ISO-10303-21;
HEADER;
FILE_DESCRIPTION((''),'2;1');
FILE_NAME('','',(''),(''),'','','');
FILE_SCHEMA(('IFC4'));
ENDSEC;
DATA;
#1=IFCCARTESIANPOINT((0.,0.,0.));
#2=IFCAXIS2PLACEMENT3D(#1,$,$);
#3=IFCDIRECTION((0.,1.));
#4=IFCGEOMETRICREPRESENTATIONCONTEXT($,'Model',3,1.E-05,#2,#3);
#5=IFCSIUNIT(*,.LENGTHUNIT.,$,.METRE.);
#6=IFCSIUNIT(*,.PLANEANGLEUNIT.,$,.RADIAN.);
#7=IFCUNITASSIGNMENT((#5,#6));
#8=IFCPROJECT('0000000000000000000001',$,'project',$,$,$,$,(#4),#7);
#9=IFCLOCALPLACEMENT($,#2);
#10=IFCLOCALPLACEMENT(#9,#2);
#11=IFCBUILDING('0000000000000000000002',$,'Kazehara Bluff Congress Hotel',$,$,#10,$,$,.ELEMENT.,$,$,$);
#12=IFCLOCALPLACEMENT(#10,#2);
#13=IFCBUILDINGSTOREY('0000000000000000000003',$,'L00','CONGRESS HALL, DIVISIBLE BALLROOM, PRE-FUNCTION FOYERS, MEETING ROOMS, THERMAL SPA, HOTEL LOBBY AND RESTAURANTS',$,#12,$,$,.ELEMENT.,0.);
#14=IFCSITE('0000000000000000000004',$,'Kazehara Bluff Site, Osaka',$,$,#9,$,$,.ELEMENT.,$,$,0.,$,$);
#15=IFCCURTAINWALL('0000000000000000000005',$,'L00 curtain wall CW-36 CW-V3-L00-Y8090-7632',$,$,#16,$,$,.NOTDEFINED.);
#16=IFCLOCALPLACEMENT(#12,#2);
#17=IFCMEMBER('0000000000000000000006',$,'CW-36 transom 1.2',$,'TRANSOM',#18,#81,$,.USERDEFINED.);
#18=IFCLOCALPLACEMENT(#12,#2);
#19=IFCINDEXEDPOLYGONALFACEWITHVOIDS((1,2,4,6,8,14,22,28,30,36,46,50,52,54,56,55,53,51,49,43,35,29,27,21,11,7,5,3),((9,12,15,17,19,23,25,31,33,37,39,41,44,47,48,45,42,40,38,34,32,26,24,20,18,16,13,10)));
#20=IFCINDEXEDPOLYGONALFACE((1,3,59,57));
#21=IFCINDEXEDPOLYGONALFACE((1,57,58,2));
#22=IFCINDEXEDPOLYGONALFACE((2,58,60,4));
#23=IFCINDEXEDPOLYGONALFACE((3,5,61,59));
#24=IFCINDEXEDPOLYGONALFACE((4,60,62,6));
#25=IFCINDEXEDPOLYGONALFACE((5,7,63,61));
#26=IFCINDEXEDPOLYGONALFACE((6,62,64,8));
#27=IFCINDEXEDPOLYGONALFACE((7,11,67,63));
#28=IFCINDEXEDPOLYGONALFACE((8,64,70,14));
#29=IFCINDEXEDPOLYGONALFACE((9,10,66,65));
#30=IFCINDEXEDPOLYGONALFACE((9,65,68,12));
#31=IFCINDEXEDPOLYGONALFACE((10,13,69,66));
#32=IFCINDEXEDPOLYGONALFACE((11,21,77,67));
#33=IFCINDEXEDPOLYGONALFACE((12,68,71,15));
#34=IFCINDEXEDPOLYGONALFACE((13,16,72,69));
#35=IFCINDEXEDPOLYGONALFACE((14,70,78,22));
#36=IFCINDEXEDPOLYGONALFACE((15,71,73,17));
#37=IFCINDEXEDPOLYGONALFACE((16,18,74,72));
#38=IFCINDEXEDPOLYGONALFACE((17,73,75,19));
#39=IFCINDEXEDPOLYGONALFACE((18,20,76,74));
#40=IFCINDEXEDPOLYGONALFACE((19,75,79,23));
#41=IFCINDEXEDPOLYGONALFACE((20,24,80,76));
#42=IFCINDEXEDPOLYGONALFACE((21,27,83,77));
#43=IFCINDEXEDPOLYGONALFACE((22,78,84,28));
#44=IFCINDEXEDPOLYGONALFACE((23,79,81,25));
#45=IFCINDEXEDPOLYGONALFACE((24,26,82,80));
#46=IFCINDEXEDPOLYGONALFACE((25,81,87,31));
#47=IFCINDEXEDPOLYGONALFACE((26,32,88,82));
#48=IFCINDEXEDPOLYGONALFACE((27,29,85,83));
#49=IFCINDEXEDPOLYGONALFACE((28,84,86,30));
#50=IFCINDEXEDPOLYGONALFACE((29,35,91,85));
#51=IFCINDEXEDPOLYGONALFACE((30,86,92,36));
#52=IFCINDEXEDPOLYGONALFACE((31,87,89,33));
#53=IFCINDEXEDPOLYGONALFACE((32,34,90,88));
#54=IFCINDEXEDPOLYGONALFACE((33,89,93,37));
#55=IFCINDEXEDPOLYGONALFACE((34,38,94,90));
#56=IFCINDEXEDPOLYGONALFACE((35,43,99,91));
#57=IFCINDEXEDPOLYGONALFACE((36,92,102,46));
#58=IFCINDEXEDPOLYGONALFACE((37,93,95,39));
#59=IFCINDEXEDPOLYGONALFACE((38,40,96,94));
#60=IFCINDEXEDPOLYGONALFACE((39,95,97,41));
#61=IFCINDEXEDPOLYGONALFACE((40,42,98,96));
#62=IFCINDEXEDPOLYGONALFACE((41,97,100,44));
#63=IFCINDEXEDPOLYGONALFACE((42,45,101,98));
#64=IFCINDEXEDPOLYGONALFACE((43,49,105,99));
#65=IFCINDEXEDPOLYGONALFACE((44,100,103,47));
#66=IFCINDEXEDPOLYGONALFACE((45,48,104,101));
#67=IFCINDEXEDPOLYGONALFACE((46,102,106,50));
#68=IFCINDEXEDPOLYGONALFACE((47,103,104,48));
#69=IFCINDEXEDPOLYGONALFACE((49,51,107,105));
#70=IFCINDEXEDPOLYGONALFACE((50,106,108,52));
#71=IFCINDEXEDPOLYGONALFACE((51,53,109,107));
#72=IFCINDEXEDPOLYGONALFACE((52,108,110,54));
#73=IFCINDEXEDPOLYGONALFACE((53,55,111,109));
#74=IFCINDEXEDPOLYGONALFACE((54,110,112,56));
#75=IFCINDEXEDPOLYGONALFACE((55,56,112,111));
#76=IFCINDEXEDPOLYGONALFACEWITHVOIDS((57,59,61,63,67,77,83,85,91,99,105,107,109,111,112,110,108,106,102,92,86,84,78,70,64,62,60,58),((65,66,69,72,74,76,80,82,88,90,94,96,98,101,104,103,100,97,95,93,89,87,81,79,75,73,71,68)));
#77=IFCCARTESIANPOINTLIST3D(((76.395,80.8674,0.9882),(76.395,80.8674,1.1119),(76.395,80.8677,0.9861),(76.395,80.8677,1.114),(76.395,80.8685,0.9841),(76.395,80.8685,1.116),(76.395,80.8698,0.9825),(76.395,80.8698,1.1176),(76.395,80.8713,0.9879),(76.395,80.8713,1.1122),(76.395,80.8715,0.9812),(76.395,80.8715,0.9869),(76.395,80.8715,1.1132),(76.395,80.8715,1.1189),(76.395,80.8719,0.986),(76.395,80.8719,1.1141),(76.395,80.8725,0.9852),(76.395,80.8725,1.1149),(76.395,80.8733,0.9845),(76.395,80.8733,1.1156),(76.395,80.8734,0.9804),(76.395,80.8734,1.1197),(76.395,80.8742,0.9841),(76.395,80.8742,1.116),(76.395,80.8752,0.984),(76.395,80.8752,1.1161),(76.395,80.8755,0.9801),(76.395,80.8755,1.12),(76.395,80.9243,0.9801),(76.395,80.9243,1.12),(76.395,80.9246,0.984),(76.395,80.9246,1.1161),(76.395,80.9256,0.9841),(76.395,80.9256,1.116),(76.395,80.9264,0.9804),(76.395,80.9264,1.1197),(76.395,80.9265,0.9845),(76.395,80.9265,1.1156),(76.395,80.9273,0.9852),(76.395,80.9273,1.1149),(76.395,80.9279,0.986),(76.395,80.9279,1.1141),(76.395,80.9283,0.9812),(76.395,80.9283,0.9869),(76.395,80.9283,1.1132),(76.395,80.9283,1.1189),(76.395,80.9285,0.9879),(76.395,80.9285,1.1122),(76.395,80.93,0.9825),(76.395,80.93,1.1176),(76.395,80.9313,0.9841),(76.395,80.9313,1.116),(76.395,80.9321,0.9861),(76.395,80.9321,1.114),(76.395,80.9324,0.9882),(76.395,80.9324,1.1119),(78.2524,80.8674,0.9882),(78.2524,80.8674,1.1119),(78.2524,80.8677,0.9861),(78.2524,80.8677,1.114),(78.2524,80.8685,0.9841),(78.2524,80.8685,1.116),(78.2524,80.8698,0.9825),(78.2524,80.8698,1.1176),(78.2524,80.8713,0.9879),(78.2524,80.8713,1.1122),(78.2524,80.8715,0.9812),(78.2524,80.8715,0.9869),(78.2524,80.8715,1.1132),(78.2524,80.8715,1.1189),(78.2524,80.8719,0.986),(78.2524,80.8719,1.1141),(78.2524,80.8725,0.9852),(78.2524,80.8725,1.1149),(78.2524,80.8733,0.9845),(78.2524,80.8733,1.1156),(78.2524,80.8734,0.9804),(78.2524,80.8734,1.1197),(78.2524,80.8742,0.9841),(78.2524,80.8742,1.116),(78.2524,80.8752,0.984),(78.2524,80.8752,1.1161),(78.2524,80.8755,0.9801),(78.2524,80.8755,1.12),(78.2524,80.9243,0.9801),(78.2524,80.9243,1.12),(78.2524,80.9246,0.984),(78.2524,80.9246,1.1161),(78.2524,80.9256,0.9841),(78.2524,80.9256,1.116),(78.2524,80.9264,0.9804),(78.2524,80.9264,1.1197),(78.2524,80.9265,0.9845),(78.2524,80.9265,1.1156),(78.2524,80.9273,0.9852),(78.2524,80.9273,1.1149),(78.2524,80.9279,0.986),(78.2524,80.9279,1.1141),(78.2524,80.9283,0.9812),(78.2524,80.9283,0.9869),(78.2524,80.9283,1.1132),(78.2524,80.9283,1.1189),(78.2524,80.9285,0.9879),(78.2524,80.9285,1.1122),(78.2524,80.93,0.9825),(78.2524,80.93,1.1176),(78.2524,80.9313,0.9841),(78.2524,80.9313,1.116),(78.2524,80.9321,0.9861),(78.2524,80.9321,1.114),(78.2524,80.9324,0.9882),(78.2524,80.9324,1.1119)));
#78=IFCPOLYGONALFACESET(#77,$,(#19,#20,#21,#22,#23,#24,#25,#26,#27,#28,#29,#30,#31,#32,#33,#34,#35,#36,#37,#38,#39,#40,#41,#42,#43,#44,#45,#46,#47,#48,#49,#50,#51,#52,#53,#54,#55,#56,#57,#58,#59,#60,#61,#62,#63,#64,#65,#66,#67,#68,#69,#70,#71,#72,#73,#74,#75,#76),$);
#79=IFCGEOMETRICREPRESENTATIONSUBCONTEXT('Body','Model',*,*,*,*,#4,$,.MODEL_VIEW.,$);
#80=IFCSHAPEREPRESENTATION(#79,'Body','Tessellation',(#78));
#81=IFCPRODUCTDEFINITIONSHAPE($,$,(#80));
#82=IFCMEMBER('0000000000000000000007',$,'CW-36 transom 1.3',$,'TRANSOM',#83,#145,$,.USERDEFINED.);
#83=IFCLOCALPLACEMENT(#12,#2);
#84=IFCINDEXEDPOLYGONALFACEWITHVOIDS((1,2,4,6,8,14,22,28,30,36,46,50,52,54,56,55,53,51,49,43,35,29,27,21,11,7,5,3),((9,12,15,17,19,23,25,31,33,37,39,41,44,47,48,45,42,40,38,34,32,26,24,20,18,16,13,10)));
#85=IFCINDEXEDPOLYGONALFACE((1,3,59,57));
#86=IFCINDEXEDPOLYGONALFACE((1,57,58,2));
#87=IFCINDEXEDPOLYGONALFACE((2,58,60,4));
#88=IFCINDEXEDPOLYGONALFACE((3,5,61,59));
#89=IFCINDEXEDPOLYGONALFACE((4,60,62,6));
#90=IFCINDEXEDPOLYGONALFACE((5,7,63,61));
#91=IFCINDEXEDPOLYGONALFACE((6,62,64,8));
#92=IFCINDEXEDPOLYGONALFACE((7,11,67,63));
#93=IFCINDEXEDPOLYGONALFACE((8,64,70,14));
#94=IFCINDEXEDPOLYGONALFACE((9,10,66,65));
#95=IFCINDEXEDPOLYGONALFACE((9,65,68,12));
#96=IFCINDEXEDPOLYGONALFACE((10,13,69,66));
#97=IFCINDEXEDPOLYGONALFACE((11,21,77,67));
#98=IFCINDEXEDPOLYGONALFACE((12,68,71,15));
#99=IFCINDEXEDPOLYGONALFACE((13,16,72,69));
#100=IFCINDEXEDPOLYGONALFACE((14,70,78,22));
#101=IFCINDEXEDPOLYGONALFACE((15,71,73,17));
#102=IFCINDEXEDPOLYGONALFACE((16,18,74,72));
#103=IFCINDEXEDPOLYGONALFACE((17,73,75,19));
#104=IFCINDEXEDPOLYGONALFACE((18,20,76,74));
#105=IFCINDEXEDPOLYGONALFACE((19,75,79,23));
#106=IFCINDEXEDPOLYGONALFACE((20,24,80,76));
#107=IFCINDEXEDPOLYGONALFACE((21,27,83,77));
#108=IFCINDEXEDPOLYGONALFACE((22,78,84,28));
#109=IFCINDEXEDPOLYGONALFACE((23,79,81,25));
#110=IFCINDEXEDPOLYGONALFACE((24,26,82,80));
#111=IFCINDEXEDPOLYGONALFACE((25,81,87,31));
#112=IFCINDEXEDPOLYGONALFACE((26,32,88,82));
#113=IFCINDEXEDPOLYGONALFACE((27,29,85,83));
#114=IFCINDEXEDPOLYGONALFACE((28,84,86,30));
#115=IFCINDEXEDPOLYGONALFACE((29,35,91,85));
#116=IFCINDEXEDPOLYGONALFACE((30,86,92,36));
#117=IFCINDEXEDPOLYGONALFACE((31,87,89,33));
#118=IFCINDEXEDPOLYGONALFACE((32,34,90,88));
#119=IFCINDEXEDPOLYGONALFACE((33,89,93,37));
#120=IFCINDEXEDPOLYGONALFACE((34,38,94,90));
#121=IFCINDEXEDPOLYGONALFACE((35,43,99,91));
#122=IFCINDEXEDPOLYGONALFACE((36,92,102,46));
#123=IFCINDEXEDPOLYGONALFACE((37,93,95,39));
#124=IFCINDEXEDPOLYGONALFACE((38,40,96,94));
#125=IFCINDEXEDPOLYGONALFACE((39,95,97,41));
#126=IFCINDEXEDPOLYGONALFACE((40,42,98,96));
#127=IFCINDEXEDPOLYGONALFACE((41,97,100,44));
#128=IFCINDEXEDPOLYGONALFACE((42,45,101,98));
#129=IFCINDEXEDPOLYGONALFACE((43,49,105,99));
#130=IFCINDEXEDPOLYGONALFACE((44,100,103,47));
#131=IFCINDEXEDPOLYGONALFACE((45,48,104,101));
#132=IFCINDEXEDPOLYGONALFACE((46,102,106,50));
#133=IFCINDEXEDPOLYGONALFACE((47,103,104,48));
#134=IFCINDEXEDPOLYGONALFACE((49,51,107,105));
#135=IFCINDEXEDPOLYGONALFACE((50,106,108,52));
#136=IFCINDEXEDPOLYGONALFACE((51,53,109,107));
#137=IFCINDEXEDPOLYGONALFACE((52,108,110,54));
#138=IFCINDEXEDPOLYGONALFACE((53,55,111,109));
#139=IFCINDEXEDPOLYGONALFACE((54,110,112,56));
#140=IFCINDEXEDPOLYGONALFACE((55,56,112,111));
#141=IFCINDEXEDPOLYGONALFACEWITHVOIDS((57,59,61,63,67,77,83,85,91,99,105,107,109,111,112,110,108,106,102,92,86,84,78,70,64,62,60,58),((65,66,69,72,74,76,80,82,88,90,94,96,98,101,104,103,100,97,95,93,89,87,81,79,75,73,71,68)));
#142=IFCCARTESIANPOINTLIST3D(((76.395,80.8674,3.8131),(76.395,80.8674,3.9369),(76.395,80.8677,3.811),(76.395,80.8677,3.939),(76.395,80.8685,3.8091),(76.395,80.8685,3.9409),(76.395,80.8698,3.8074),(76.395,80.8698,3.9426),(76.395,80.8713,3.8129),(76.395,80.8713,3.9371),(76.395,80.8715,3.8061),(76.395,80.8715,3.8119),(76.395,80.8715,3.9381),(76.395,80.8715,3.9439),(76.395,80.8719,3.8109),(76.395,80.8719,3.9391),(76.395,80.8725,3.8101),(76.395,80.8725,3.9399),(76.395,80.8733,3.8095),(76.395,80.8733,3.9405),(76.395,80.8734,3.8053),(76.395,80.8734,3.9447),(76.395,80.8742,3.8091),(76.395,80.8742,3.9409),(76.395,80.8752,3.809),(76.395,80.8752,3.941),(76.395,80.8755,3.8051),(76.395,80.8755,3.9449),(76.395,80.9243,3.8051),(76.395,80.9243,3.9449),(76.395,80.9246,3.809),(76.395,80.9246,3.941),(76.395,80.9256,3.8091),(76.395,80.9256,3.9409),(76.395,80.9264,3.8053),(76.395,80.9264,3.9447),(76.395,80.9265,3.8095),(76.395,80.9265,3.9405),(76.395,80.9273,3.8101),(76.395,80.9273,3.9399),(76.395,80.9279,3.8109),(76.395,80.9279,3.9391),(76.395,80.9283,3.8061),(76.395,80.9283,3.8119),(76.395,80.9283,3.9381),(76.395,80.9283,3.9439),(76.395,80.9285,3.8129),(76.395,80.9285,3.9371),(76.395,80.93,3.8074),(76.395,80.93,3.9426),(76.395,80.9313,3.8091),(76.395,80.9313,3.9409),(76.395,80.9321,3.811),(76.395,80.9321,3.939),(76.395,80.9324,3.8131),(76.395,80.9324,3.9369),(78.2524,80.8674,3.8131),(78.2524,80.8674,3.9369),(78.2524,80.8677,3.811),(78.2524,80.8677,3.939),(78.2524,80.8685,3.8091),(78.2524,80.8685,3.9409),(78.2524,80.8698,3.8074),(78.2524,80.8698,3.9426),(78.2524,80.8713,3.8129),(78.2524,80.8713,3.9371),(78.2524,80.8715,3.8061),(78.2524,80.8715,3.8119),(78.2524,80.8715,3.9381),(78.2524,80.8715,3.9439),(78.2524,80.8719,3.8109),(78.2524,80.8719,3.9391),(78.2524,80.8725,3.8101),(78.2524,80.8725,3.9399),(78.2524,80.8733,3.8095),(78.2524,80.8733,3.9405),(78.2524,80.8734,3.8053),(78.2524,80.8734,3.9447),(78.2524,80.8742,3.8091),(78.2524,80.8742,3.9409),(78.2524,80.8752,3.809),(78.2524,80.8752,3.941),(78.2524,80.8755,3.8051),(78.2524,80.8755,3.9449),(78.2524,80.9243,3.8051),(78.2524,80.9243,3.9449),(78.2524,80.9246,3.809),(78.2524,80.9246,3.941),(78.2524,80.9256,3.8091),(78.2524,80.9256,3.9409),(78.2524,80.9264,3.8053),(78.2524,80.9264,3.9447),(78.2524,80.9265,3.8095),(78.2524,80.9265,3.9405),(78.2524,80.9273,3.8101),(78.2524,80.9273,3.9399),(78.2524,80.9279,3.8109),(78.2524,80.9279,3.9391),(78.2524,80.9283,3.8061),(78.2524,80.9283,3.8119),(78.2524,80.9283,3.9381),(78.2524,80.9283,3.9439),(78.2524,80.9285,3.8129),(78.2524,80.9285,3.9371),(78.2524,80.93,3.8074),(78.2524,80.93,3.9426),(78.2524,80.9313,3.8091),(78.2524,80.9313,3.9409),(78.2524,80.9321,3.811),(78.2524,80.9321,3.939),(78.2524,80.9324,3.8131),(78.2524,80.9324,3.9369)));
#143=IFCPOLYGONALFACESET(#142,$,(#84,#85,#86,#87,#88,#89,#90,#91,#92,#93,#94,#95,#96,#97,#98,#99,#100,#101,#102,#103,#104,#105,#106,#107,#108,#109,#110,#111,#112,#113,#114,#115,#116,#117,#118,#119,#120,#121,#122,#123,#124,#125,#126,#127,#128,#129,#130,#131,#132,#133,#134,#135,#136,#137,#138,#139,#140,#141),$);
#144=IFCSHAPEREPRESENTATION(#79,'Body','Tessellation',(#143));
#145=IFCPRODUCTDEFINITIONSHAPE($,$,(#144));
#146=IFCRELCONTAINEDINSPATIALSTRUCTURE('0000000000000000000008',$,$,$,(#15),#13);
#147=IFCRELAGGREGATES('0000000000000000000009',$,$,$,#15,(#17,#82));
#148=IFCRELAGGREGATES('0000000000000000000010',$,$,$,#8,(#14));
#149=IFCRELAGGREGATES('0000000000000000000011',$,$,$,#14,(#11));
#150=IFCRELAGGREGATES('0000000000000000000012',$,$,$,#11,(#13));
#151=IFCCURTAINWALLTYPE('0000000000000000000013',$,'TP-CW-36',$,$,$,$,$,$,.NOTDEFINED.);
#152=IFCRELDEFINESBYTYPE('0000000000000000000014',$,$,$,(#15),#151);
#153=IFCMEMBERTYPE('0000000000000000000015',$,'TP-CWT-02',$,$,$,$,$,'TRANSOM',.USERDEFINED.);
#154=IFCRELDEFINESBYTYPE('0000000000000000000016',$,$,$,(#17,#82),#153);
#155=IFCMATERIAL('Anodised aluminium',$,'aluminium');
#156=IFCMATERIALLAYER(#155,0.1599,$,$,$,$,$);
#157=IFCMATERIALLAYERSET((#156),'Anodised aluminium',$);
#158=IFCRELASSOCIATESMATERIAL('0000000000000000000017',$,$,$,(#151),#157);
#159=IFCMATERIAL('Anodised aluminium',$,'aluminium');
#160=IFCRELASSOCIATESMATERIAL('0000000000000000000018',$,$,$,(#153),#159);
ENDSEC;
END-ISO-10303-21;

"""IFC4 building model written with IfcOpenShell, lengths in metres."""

from ifc_helpers import new_model, si_unit, direction, frame, origin, origin_2d, place, context, subcontext, project, spatial, hollow_rectangle, extrude, material, layer, layer_set, material_profile, profile_set, type_object, element, aggregate, save


model = new_model("IFC4")

# Units and contexts
model_context = context("Model", 3, precision=1e-05, world=origin(), true_north=direction((0.0, 1.0)))
body_context = subcontext(model_context, "Body", "Model", "MODEL_VIEW")
ifc_project = project(units=[si_unit("LENGTHUNIT", "METRE"), si_unit("PLANEANGLEUNIT", "RADIAN")], contexts=[model_context])

# Site, building, storey
site_placement = place(None, origin())
site = spatial("IfcSite", under=ifc_project, at=site_placement, Name="Kazehara Bluff Site, Osaka", CompositionType="ELEMENT", RefElevation=0.0)
building_placement = place(site_placement, origin())
building = spatial("IfcBuilding", under=site, at=building_placement, Name="Kazehara Bluff Congress Hotel", CompositionType="ELEMENT")
storey_placement = place(building_placement, origin())
storey = spatial("IfcBuildingStorey", under=building, at=storey_placement, Name="L00", Description="CONGRESS HALL, DIVISIBLE BALLROOM, PRE-FUNCTION FOYERS, MEETING ROOMS, THERMAL SPA, HOTEL LOBBY AND RESTAURANTS", CompositionType="ELEMENT", Elevation=0.0)

# Shared definitions
ifc_material_1 = material(Name="Anodised aluminium", Category="aluminium")
ifc_layer_1 = layer(ifc_material_1, 0.1599)
ifc_layer_set_1 = layer_set([ifc_layer_1], Name="Anodised aluminium")
curtain_wall_type = type_object("IfcCurtainWallType", Name="TP-CW-36", PredefinedType="NOTDEFINED", material=ifc_layer_set_1)

# Curtain wall
curtain_wall_1_placement = place(storey_placement, origin())
curtain_wall_1 = element("IfcCurtainWall", 1, at=curtain_wall_1_placement, inside=storey, type_object=curtain_wall_type, Name="L00 curtain wall CW-36 CW-V3-L00-Y8090-7632", PredefinedType="NOTDEFINED")

# Members
ifc_material_2 = material(Name="Anodised aluminium", Category="aluminium")
ifc_material_profile_1 = material_profile(ifc_material_2, hollow_rectangle(XDim=0.0649, YDim=0.1399, WallThickness=0.0039, InnerFilletRadius=0.0039, OuterFilletRadius=0.0081, at=origin_2d()))
ifc_profile_set_1 = profile_set([ifc_material_profile_1], Name="Anodised aluminium")
member_type_1 = type_object("IfcMemberType", Name="TP-CWT-02", ElementType="TRANSOM", PredefinedType="USERDEFINED", material=ifc_profile_set_1)
member_1_placement = place(storey_placement, frame((76.395, 80.8999, 1.05), z_axis=(1.0, 0.0, 0.0), x_axis=(0.0, 1.0, 0.0)))
member_1 = element("IfcMember", 2, at=member_1_placement, type_object=member_type_1, Name="CW-36 transom 1.2", ObjectType="TRANSOM", PredefinedType="USERDEFINED", context=body_context, shape_type="SweptSolid", body=[
    extrude(hollow_rectangle(XDim=0.0649, YDim=0.1399, WallThickness=0.0039, InnerFilletRadius=0.0039, OuterFilletRadius=0.0081, at=origin_2d()), origin(), (0.0, 0.0, 1.0), 1.8574),
])
member_2_placement = place(storey_placement, frame((76.395, 80.8999, 3.875), z_axis=(1.0, 0.0, 0.0), x_axis=(0.0, 1.0, 0.0)))
member_2 = element("IfcMember", 3, at=member_2_placement, type_object=member_type_1, Name="CW-36 transom 1.3", ObjectType="TRANSOM", PredefinedType="USERDEFINED", context=body_context, shape_type="SweptSolid", body=[
    extrude(hollow_rectangle(XDim=0.0649, YDim=0.1399, WallThickness=0.0039, InnerFilletRadius=0.0039, OuterFilletRadius=0.0081, at=origin_2d()), origin(), (0.0, 0.0, 1.0), 1.8574),
])

aggregate(curtain_wall_1, [member_1, member_2])

save(model, "model.ifc")
